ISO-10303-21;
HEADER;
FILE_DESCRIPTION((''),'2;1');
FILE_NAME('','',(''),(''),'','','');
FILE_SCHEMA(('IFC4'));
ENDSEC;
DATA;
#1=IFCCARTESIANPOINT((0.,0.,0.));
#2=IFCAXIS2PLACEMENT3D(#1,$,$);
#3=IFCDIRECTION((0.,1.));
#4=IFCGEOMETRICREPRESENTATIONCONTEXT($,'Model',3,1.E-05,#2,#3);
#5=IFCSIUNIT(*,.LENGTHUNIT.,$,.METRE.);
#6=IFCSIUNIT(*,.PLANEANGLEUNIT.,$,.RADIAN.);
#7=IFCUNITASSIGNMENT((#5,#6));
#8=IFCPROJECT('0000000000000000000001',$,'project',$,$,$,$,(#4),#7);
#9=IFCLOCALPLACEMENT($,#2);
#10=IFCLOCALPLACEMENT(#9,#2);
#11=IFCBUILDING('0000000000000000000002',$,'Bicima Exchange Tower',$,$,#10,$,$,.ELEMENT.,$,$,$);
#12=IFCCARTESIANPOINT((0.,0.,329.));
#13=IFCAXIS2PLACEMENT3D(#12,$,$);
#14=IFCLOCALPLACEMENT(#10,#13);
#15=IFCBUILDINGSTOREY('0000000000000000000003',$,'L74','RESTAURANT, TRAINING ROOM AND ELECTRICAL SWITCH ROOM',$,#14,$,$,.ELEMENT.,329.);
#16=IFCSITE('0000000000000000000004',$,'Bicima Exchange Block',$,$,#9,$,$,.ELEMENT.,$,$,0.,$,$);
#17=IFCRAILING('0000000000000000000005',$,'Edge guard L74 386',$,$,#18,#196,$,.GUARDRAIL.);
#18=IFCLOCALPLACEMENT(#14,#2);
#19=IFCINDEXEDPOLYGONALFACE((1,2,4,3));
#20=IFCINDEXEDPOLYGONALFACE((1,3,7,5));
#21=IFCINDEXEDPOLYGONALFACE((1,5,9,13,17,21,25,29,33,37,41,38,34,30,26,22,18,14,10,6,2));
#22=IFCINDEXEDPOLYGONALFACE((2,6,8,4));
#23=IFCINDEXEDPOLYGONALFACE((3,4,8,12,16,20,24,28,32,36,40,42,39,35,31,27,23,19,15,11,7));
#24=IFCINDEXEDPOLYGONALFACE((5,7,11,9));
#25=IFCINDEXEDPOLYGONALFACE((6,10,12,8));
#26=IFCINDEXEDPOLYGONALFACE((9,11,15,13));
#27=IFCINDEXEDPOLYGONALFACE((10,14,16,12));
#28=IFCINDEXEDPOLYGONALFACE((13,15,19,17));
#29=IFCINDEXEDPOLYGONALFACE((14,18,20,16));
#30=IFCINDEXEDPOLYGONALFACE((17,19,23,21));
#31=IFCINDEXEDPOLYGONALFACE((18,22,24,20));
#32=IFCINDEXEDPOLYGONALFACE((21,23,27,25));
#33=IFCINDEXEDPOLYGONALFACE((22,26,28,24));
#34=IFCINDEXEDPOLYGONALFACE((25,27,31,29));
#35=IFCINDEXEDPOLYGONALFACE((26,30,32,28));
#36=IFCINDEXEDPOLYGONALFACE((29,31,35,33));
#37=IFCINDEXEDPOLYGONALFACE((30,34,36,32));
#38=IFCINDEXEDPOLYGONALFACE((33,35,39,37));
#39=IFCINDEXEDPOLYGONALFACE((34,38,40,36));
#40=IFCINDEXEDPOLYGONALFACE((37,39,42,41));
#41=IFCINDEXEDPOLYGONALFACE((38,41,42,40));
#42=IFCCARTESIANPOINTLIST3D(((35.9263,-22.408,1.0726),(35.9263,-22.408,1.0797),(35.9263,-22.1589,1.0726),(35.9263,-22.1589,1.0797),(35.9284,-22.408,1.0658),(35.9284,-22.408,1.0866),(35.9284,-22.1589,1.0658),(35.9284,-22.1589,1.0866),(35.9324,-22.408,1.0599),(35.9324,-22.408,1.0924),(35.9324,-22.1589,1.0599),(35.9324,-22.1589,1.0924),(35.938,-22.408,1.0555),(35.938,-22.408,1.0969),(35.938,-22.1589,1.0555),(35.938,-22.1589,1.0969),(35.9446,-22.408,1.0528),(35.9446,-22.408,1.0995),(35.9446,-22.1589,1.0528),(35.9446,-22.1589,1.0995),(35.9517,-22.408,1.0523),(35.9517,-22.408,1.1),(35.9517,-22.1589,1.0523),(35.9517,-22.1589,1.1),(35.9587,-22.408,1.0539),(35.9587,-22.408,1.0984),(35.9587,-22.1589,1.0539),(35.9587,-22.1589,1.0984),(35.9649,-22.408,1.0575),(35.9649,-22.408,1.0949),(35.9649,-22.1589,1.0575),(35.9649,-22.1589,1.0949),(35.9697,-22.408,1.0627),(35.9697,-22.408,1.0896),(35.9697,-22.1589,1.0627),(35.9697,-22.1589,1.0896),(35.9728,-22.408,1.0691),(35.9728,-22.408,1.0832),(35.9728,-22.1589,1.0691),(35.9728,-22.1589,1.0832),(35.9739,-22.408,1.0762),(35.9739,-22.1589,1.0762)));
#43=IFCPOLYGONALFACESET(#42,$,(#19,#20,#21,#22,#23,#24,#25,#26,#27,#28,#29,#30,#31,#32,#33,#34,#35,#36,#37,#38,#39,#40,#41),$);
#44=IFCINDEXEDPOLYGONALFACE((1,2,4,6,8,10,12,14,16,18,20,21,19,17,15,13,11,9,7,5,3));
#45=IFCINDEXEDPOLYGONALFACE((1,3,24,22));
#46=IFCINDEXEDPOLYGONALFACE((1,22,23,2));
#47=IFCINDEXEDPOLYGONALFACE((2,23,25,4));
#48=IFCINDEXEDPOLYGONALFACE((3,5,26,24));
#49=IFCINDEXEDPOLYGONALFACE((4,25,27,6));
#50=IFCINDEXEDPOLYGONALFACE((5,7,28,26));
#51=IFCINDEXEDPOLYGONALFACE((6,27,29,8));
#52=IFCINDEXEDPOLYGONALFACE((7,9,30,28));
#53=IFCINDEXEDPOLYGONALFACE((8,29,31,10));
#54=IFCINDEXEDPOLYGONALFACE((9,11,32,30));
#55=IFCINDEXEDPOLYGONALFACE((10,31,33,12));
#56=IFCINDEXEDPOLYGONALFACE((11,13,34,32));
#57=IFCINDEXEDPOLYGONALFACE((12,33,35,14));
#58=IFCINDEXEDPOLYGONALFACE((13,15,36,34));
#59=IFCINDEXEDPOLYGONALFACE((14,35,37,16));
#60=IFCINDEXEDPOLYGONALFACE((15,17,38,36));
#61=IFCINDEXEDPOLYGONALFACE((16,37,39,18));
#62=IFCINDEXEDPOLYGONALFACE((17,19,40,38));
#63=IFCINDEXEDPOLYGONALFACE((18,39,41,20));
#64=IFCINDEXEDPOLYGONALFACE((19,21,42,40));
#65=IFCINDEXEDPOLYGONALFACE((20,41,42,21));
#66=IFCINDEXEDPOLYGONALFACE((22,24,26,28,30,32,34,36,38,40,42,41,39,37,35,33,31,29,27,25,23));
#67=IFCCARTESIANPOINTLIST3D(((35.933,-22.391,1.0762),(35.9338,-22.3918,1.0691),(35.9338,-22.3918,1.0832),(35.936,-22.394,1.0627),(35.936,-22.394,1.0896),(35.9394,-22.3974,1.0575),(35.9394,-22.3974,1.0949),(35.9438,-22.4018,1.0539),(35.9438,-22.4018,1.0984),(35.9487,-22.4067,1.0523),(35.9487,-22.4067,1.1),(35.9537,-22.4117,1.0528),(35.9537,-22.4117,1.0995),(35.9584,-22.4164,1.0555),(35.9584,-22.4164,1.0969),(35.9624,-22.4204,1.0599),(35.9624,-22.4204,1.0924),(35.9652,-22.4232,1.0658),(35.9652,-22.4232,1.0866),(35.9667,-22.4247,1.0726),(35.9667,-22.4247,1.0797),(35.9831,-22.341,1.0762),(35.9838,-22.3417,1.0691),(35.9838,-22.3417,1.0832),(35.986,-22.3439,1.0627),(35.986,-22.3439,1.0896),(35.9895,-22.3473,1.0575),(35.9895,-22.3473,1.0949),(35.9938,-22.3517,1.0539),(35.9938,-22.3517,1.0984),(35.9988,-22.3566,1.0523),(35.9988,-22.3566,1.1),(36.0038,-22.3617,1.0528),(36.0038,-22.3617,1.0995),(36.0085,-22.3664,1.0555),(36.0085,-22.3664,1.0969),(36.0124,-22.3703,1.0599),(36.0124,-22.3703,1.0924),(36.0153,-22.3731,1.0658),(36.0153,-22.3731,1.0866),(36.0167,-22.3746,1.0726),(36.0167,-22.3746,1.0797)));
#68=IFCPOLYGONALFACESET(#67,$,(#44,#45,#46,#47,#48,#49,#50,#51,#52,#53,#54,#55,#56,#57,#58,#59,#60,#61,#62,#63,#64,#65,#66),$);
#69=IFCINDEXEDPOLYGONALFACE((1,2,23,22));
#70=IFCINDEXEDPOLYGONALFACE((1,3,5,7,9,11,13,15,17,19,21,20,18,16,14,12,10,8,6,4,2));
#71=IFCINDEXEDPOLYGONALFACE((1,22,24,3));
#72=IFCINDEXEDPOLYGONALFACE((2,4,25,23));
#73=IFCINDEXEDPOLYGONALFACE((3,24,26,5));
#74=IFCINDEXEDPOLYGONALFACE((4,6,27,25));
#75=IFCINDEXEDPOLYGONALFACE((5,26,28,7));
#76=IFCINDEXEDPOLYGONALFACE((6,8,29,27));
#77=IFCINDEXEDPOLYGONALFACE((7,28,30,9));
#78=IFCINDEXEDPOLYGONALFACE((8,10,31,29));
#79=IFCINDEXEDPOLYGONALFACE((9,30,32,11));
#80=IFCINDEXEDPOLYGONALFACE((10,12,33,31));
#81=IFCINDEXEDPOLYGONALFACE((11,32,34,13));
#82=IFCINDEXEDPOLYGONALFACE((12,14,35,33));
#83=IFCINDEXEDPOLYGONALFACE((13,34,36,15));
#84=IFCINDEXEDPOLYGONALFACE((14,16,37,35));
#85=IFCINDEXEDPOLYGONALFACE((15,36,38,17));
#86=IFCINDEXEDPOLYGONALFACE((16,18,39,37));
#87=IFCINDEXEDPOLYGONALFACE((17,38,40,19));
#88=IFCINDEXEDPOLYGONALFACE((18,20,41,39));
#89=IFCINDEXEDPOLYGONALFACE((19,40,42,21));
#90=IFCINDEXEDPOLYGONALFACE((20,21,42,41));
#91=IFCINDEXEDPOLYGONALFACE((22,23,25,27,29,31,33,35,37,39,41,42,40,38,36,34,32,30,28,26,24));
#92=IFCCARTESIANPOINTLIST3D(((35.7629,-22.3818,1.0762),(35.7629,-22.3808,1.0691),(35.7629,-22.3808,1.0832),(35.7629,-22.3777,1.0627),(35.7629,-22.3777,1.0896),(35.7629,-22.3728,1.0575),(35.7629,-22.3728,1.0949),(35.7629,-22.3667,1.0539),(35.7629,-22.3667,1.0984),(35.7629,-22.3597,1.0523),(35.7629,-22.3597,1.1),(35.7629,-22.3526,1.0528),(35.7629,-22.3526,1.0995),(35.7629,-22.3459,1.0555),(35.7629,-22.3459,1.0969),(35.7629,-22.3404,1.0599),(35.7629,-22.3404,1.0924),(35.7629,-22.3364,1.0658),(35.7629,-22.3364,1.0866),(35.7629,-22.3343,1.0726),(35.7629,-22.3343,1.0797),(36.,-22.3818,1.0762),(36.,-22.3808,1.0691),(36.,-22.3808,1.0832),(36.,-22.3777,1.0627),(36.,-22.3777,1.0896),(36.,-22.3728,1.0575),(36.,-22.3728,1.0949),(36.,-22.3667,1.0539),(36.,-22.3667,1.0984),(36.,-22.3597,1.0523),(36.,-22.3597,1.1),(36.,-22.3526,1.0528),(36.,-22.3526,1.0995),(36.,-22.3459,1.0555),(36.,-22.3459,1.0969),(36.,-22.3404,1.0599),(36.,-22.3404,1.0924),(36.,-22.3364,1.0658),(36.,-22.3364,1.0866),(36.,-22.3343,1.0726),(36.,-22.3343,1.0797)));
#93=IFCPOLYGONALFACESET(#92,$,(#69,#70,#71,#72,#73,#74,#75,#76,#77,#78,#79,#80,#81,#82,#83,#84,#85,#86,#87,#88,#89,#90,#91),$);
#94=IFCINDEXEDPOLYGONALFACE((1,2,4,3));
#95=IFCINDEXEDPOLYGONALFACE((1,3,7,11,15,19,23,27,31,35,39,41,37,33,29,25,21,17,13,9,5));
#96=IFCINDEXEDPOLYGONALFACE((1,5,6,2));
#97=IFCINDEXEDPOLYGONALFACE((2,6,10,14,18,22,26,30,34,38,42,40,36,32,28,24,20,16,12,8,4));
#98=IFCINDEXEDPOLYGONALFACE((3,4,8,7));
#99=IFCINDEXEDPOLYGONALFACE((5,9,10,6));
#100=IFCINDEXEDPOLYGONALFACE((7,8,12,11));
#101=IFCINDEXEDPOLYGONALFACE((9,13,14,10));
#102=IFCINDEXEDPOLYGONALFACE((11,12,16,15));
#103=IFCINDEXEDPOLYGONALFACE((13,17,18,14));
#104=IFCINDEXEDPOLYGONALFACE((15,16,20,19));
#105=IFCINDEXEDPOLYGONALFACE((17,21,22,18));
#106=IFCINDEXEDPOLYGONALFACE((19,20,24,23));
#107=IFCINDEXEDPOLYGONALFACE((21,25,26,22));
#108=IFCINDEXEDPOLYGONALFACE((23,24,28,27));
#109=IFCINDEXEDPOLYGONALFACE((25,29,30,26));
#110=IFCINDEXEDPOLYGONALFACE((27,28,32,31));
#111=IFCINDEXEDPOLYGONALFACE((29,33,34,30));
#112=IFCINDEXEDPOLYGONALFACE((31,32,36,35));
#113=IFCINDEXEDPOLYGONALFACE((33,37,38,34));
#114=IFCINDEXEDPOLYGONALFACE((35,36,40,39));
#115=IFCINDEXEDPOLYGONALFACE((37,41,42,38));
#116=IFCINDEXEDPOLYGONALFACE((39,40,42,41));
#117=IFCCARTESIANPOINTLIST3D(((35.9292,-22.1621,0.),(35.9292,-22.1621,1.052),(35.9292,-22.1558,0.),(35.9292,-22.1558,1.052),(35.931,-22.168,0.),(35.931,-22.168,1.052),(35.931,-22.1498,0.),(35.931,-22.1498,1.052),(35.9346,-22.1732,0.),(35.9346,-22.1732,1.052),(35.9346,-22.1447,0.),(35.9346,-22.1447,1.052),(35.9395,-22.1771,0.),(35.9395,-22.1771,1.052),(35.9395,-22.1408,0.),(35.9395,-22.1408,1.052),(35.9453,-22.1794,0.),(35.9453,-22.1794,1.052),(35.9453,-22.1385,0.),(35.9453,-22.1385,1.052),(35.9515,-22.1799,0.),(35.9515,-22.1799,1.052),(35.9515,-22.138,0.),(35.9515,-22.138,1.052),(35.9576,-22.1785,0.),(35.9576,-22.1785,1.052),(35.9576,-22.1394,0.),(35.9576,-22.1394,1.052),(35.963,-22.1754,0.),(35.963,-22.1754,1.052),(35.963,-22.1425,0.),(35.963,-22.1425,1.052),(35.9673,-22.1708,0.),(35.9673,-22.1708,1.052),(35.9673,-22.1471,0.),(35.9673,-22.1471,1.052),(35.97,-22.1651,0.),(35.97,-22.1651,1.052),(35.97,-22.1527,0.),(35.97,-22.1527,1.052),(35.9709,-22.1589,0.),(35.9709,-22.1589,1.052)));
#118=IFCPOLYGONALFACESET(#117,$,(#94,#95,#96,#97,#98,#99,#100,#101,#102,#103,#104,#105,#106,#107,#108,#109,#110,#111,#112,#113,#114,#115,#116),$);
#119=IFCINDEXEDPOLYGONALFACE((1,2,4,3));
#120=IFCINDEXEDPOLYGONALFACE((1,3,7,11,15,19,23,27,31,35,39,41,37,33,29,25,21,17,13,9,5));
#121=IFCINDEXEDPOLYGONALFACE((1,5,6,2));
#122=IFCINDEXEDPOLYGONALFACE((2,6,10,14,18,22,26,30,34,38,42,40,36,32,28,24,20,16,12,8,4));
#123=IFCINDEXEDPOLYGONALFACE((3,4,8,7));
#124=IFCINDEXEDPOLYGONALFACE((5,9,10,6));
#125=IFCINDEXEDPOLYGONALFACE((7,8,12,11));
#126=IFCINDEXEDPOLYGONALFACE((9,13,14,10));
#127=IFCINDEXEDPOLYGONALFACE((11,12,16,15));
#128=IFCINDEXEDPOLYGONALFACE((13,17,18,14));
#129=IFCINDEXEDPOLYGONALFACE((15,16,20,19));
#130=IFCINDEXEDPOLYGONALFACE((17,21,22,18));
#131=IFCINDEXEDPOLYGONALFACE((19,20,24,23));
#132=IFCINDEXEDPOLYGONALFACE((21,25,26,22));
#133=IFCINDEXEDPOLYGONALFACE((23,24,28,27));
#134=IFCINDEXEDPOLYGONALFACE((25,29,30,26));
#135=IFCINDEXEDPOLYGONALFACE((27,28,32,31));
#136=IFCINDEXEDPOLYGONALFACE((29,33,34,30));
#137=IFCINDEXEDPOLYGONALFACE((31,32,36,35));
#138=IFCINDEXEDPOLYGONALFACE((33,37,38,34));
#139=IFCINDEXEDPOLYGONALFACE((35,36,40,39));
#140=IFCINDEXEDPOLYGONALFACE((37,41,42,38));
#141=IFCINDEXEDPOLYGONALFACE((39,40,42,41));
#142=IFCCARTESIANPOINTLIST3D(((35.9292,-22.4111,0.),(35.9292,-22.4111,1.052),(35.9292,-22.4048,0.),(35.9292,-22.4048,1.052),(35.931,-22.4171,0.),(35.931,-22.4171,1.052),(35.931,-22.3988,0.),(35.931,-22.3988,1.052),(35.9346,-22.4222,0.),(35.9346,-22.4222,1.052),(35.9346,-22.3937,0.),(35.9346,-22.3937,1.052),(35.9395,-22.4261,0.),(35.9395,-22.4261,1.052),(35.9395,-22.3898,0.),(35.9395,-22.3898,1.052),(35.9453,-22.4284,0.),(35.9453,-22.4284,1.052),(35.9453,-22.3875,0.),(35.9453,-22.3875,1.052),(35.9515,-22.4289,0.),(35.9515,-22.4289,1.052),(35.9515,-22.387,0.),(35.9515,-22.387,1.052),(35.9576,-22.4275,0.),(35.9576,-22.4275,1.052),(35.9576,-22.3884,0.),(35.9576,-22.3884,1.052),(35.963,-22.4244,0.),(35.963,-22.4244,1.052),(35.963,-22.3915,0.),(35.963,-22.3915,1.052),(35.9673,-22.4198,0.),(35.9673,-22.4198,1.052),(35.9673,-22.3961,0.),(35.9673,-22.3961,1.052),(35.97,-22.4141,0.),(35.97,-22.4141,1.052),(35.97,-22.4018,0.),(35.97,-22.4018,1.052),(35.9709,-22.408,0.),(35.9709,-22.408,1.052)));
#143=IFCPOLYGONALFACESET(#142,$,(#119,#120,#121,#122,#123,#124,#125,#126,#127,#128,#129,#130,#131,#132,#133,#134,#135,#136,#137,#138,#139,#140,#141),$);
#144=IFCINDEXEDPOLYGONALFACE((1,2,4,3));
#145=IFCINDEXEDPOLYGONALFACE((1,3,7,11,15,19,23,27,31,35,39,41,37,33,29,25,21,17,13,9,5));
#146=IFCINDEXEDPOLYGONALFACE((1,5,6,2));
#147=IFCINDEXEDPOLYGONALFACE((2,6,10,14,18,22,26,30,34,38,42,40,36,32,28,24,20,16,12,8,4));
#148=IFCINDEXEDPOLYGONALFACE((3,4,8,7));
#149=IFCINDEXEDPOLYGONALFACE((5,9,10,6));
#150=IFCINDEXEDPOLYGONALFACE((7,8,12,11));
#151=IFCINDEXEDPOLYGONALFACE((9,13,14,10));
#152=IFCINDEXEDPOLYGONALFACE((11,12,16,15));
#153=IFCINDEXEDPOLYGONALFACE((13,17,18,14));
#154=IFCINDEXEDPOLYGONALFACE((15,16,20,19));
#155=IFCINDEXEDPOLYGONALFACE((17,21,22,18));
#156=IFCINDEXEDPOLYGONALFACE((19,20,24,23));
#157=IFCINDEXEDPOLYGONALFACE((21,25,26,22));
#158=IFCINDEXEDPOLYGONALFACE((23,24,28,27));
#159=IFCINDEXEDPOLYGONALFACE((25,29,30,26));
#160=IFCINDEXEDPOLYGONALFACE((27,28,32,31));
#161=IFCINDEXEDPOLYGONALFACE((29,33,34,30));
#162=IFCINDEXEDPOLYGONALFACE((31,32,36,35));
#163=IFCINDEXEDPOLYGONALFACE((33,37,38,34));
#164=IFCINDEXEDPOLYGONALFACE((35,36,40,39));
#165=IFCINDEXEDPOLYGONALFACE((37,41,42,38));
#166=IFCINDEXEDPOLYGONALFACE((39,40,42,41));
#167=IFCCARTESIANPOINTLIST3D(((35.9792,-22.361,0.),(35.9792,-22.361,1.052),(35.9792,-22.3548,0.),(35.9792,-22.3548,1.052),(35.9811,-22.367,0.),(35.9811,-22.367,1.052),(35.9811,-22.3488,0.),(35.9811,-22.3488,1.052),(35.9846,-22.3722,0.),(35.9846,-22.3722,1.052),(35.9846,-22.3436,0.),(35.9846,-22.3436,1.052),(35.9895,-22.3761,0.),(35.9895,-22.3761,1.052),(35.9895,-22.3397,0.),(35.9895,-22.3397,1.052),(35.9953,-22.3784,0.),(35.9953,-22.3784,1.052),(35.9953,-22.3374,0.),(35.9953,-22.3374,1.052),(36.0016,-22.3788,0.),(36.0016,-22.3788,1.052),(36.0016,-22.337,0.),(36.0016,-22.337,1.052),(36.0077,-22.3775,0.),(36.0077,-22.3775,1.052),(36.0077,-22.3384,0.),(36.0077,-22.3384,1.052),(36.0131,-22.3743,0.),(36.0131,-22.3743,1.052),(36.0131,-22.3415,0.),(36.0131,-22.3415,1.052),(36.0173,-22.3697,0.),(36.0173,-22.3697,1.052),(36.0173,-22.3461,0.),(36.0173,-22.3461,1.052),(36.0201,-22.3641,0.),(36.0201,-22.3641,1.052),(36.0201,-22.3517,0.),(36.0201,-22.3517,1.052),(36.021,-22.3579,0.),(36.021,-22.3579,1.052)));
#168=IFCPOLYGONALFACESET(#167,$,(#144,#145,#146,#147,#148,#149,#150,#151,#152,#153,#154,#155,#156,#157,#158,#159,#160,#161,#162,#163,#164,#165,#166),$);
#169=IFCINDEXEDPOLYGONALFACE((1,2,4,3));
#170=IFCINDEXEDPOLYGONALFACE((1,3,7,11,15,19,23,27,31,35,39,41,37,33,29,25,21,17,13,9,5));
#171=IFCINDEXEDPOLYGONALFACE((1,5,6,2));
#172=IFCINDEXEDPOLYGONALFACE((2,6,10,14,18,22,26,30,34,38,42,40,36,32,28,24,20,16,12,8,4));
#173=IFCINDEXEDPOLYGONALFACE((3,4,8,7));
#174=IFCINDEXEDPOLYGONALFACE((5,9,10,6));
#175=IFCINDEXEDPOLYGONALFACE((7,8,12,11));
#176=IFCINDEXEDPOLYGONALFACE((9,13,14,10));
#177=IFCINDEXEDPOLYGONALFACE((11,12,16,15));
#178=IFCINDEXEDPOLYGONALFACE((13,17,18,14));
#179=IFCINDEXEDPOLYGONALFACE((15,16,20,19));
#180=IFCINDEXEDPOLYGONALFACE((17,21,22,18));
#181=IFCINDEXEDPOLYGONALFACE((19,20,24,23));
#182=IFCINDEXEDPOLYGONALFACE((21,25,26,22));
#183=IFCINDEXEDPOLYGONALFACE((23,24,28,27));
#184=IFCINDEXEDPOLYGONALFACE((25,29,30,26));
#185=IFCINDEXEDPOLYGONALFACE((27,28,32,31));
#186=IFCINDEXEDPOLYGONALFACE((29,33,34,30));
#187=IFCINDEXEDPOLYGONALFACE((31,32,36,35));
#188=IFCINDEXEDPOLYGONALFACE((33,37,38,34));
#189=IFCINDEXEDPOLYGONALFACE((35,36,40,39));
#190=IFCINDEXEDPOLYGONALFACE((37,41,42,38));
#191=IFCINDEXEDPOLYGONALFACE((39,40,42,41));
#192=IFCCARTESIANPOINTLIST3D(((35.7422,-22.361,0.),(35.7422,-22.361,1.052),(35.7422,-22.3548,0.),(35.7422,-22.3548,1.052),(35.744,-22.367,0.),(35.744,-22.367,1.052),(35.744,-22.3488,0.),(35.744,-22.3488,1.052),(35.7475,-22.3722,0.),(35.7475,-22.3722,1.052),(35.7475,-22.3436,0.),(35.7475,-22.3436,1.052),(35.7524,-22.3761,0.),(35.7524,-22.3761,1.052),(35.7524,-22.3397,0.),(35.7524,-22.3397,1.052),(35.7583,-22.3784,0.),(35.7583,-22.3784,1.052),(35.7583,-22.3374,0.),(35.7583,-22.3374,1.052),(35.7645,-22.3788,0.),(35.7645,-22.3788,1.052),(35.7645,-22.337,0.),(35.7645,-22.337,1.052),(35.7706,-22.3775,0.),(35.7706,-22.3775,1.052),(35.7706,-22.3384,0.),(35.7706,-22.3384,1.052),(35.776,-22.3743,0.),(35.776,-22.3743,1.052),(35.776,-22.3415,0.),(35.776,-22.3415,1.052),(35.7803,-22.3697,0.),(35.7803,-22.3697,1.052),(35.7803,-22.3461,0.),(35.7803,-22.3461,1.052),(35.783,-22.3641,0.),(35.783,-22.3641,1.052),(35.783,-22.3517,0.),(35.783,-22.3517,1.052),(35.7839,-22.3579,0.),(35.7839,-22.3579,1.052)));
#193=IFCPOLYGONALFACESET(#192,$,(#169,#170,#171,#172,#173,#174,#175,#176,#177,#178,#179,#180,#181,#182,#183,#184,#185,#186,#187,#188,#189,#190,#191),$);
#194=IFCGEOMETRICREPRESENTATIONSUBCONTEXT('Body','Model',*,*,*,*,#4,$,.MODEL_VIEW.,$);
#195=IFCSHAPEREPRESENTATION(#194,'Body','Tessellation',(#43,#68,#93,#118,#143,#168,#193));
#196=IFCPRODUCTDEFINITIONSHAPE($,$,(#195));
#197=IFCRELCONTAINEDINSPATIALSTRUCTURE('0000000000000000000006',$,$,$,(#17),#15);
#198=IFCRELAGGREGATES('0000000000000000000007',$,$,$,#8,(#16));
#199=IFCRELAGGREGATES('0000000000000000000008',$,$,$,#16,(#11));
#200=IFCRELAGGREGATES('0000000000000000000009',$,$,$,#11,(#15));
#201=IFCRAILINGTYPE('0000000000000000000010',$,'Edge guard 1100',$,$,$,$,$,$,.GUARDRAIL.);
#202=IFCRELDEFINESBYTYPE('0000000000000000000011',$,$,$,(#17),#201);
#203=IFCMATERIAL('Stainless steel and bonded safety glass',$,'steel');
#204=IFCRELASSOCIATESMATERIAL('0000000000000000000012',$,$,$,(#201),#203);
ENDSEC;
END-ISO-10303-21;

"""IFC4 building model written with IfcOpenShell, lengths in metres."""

from ifc_helpers import new_model, si_unit, direction, frame, origin, origin_2d, place, context, subcontext, project, spatial, circle, extrude, material, type_object, element, save


model = new_model("IFC4")

# Units and contexts
model_context = context("Model", 3, precision=1e-05, world=origin(), true_north=direction((0.0, 1.0)))
body_context = subcontext(model_context, "Body", "Model", "MODEL_VIEW")
ifc_project = project(units=[si_unit("LENGTHUNIT", "METRE"), si_unit("PLANEANGLEUNIT", "RADIAN")], contexts=[model_context])

# Site, building, storey
site_placement = place(None, origin())
site = spatial("IfcSite", under=ifc_project, at=site_placement, Name="Bicima Exchange Block", CompositionType="ELEMENT", RefElevation=0.0)
building_placement = place(site_placement, origin())
building = spatial("IfcBuilding", under=site, at=building_placement, Name="Bicima Exchange Tower", CompositionType="ELEMENT")
storey_placement = place(building_placement, frame((0.0, 0.0, 329.0)))
storey = spatial("IfcBuildingStorey", under=building, at=storey_placement, Name="L74", Description="RESTAURANT, TRAINING ROOM AND ELECTRICAL SWITCH ROOM", CompositionType="ELEMENT", Elevation=329.0)

# Railing
ifc_material_1 = material(Name="Stainless steel and bonded safety glass", Category="steel")
railing_type = type_object("IfcRailingType", Name="Edge guard 1100", PredefinedType="GUARDRAIL", material=ifc_material_1)
railing_1_placement = place(storey_placement, frame((35.95, -22.1589, 0.0)))
element("IfcRailing", 1, at=railing_1_placement, inside=storey, type_object=railing_type, Name="Edge guard L74 386", PredefinedType="GUARDRAIL", context=body_context, shape_type="SweptSolid", body=[
    extrude(circle(Radius=0.0239, at=origin_2d()), frame((0.0, 0.0, 1.0762), z_axis=(0.0, -1.0, 0.0), x_axis=(1.0, 0.0, 0.0)), (0.0, 0.0, 1.0), 0.249),
    extrude(circle(Radius=0.0239, at=origin_2d()), frame((0.0, -0.249, 1.0762), z_axis=(0.707107, 0.707107, 0.0), x_axis=(-0.707107, 0.707107, 0.0)), (0.0, 0.0, 1.0), 0.0708),
    extrude(circle(Radius=0.0239, at=origin_2d()), frame((0.05, -0.199, 1.0762), z_axis=(-1.0, 0.0, 0.0), x_axis=(0.0, -1.0, 0.0)), (0.0, 0.0, 1.0), 0.2371),
    extrude(circle(Radius=0.021, at=origin_2d()), origin(), (0.0, 0.0, 1.0), 1.052),
    extrude(circle(Radius=0.021, at=origin_2d()), frame((0.0, -0.249, 0.0)), (0.0, 0.0, 1.0), 1.052),
    extrude(circle(Radius=0.021, at=origin_2d()), frame((0.05, -0.199, 0.0)), (0.0, 0.0, 1.0), 1.052),
    extrude(circle(Radius=0.021, at=origin_2d()), frame((-0.187, -0.199, 0.0)), (0.0, 0.0, 1.0), 1.052),
])

save(model, "model.ifc")
